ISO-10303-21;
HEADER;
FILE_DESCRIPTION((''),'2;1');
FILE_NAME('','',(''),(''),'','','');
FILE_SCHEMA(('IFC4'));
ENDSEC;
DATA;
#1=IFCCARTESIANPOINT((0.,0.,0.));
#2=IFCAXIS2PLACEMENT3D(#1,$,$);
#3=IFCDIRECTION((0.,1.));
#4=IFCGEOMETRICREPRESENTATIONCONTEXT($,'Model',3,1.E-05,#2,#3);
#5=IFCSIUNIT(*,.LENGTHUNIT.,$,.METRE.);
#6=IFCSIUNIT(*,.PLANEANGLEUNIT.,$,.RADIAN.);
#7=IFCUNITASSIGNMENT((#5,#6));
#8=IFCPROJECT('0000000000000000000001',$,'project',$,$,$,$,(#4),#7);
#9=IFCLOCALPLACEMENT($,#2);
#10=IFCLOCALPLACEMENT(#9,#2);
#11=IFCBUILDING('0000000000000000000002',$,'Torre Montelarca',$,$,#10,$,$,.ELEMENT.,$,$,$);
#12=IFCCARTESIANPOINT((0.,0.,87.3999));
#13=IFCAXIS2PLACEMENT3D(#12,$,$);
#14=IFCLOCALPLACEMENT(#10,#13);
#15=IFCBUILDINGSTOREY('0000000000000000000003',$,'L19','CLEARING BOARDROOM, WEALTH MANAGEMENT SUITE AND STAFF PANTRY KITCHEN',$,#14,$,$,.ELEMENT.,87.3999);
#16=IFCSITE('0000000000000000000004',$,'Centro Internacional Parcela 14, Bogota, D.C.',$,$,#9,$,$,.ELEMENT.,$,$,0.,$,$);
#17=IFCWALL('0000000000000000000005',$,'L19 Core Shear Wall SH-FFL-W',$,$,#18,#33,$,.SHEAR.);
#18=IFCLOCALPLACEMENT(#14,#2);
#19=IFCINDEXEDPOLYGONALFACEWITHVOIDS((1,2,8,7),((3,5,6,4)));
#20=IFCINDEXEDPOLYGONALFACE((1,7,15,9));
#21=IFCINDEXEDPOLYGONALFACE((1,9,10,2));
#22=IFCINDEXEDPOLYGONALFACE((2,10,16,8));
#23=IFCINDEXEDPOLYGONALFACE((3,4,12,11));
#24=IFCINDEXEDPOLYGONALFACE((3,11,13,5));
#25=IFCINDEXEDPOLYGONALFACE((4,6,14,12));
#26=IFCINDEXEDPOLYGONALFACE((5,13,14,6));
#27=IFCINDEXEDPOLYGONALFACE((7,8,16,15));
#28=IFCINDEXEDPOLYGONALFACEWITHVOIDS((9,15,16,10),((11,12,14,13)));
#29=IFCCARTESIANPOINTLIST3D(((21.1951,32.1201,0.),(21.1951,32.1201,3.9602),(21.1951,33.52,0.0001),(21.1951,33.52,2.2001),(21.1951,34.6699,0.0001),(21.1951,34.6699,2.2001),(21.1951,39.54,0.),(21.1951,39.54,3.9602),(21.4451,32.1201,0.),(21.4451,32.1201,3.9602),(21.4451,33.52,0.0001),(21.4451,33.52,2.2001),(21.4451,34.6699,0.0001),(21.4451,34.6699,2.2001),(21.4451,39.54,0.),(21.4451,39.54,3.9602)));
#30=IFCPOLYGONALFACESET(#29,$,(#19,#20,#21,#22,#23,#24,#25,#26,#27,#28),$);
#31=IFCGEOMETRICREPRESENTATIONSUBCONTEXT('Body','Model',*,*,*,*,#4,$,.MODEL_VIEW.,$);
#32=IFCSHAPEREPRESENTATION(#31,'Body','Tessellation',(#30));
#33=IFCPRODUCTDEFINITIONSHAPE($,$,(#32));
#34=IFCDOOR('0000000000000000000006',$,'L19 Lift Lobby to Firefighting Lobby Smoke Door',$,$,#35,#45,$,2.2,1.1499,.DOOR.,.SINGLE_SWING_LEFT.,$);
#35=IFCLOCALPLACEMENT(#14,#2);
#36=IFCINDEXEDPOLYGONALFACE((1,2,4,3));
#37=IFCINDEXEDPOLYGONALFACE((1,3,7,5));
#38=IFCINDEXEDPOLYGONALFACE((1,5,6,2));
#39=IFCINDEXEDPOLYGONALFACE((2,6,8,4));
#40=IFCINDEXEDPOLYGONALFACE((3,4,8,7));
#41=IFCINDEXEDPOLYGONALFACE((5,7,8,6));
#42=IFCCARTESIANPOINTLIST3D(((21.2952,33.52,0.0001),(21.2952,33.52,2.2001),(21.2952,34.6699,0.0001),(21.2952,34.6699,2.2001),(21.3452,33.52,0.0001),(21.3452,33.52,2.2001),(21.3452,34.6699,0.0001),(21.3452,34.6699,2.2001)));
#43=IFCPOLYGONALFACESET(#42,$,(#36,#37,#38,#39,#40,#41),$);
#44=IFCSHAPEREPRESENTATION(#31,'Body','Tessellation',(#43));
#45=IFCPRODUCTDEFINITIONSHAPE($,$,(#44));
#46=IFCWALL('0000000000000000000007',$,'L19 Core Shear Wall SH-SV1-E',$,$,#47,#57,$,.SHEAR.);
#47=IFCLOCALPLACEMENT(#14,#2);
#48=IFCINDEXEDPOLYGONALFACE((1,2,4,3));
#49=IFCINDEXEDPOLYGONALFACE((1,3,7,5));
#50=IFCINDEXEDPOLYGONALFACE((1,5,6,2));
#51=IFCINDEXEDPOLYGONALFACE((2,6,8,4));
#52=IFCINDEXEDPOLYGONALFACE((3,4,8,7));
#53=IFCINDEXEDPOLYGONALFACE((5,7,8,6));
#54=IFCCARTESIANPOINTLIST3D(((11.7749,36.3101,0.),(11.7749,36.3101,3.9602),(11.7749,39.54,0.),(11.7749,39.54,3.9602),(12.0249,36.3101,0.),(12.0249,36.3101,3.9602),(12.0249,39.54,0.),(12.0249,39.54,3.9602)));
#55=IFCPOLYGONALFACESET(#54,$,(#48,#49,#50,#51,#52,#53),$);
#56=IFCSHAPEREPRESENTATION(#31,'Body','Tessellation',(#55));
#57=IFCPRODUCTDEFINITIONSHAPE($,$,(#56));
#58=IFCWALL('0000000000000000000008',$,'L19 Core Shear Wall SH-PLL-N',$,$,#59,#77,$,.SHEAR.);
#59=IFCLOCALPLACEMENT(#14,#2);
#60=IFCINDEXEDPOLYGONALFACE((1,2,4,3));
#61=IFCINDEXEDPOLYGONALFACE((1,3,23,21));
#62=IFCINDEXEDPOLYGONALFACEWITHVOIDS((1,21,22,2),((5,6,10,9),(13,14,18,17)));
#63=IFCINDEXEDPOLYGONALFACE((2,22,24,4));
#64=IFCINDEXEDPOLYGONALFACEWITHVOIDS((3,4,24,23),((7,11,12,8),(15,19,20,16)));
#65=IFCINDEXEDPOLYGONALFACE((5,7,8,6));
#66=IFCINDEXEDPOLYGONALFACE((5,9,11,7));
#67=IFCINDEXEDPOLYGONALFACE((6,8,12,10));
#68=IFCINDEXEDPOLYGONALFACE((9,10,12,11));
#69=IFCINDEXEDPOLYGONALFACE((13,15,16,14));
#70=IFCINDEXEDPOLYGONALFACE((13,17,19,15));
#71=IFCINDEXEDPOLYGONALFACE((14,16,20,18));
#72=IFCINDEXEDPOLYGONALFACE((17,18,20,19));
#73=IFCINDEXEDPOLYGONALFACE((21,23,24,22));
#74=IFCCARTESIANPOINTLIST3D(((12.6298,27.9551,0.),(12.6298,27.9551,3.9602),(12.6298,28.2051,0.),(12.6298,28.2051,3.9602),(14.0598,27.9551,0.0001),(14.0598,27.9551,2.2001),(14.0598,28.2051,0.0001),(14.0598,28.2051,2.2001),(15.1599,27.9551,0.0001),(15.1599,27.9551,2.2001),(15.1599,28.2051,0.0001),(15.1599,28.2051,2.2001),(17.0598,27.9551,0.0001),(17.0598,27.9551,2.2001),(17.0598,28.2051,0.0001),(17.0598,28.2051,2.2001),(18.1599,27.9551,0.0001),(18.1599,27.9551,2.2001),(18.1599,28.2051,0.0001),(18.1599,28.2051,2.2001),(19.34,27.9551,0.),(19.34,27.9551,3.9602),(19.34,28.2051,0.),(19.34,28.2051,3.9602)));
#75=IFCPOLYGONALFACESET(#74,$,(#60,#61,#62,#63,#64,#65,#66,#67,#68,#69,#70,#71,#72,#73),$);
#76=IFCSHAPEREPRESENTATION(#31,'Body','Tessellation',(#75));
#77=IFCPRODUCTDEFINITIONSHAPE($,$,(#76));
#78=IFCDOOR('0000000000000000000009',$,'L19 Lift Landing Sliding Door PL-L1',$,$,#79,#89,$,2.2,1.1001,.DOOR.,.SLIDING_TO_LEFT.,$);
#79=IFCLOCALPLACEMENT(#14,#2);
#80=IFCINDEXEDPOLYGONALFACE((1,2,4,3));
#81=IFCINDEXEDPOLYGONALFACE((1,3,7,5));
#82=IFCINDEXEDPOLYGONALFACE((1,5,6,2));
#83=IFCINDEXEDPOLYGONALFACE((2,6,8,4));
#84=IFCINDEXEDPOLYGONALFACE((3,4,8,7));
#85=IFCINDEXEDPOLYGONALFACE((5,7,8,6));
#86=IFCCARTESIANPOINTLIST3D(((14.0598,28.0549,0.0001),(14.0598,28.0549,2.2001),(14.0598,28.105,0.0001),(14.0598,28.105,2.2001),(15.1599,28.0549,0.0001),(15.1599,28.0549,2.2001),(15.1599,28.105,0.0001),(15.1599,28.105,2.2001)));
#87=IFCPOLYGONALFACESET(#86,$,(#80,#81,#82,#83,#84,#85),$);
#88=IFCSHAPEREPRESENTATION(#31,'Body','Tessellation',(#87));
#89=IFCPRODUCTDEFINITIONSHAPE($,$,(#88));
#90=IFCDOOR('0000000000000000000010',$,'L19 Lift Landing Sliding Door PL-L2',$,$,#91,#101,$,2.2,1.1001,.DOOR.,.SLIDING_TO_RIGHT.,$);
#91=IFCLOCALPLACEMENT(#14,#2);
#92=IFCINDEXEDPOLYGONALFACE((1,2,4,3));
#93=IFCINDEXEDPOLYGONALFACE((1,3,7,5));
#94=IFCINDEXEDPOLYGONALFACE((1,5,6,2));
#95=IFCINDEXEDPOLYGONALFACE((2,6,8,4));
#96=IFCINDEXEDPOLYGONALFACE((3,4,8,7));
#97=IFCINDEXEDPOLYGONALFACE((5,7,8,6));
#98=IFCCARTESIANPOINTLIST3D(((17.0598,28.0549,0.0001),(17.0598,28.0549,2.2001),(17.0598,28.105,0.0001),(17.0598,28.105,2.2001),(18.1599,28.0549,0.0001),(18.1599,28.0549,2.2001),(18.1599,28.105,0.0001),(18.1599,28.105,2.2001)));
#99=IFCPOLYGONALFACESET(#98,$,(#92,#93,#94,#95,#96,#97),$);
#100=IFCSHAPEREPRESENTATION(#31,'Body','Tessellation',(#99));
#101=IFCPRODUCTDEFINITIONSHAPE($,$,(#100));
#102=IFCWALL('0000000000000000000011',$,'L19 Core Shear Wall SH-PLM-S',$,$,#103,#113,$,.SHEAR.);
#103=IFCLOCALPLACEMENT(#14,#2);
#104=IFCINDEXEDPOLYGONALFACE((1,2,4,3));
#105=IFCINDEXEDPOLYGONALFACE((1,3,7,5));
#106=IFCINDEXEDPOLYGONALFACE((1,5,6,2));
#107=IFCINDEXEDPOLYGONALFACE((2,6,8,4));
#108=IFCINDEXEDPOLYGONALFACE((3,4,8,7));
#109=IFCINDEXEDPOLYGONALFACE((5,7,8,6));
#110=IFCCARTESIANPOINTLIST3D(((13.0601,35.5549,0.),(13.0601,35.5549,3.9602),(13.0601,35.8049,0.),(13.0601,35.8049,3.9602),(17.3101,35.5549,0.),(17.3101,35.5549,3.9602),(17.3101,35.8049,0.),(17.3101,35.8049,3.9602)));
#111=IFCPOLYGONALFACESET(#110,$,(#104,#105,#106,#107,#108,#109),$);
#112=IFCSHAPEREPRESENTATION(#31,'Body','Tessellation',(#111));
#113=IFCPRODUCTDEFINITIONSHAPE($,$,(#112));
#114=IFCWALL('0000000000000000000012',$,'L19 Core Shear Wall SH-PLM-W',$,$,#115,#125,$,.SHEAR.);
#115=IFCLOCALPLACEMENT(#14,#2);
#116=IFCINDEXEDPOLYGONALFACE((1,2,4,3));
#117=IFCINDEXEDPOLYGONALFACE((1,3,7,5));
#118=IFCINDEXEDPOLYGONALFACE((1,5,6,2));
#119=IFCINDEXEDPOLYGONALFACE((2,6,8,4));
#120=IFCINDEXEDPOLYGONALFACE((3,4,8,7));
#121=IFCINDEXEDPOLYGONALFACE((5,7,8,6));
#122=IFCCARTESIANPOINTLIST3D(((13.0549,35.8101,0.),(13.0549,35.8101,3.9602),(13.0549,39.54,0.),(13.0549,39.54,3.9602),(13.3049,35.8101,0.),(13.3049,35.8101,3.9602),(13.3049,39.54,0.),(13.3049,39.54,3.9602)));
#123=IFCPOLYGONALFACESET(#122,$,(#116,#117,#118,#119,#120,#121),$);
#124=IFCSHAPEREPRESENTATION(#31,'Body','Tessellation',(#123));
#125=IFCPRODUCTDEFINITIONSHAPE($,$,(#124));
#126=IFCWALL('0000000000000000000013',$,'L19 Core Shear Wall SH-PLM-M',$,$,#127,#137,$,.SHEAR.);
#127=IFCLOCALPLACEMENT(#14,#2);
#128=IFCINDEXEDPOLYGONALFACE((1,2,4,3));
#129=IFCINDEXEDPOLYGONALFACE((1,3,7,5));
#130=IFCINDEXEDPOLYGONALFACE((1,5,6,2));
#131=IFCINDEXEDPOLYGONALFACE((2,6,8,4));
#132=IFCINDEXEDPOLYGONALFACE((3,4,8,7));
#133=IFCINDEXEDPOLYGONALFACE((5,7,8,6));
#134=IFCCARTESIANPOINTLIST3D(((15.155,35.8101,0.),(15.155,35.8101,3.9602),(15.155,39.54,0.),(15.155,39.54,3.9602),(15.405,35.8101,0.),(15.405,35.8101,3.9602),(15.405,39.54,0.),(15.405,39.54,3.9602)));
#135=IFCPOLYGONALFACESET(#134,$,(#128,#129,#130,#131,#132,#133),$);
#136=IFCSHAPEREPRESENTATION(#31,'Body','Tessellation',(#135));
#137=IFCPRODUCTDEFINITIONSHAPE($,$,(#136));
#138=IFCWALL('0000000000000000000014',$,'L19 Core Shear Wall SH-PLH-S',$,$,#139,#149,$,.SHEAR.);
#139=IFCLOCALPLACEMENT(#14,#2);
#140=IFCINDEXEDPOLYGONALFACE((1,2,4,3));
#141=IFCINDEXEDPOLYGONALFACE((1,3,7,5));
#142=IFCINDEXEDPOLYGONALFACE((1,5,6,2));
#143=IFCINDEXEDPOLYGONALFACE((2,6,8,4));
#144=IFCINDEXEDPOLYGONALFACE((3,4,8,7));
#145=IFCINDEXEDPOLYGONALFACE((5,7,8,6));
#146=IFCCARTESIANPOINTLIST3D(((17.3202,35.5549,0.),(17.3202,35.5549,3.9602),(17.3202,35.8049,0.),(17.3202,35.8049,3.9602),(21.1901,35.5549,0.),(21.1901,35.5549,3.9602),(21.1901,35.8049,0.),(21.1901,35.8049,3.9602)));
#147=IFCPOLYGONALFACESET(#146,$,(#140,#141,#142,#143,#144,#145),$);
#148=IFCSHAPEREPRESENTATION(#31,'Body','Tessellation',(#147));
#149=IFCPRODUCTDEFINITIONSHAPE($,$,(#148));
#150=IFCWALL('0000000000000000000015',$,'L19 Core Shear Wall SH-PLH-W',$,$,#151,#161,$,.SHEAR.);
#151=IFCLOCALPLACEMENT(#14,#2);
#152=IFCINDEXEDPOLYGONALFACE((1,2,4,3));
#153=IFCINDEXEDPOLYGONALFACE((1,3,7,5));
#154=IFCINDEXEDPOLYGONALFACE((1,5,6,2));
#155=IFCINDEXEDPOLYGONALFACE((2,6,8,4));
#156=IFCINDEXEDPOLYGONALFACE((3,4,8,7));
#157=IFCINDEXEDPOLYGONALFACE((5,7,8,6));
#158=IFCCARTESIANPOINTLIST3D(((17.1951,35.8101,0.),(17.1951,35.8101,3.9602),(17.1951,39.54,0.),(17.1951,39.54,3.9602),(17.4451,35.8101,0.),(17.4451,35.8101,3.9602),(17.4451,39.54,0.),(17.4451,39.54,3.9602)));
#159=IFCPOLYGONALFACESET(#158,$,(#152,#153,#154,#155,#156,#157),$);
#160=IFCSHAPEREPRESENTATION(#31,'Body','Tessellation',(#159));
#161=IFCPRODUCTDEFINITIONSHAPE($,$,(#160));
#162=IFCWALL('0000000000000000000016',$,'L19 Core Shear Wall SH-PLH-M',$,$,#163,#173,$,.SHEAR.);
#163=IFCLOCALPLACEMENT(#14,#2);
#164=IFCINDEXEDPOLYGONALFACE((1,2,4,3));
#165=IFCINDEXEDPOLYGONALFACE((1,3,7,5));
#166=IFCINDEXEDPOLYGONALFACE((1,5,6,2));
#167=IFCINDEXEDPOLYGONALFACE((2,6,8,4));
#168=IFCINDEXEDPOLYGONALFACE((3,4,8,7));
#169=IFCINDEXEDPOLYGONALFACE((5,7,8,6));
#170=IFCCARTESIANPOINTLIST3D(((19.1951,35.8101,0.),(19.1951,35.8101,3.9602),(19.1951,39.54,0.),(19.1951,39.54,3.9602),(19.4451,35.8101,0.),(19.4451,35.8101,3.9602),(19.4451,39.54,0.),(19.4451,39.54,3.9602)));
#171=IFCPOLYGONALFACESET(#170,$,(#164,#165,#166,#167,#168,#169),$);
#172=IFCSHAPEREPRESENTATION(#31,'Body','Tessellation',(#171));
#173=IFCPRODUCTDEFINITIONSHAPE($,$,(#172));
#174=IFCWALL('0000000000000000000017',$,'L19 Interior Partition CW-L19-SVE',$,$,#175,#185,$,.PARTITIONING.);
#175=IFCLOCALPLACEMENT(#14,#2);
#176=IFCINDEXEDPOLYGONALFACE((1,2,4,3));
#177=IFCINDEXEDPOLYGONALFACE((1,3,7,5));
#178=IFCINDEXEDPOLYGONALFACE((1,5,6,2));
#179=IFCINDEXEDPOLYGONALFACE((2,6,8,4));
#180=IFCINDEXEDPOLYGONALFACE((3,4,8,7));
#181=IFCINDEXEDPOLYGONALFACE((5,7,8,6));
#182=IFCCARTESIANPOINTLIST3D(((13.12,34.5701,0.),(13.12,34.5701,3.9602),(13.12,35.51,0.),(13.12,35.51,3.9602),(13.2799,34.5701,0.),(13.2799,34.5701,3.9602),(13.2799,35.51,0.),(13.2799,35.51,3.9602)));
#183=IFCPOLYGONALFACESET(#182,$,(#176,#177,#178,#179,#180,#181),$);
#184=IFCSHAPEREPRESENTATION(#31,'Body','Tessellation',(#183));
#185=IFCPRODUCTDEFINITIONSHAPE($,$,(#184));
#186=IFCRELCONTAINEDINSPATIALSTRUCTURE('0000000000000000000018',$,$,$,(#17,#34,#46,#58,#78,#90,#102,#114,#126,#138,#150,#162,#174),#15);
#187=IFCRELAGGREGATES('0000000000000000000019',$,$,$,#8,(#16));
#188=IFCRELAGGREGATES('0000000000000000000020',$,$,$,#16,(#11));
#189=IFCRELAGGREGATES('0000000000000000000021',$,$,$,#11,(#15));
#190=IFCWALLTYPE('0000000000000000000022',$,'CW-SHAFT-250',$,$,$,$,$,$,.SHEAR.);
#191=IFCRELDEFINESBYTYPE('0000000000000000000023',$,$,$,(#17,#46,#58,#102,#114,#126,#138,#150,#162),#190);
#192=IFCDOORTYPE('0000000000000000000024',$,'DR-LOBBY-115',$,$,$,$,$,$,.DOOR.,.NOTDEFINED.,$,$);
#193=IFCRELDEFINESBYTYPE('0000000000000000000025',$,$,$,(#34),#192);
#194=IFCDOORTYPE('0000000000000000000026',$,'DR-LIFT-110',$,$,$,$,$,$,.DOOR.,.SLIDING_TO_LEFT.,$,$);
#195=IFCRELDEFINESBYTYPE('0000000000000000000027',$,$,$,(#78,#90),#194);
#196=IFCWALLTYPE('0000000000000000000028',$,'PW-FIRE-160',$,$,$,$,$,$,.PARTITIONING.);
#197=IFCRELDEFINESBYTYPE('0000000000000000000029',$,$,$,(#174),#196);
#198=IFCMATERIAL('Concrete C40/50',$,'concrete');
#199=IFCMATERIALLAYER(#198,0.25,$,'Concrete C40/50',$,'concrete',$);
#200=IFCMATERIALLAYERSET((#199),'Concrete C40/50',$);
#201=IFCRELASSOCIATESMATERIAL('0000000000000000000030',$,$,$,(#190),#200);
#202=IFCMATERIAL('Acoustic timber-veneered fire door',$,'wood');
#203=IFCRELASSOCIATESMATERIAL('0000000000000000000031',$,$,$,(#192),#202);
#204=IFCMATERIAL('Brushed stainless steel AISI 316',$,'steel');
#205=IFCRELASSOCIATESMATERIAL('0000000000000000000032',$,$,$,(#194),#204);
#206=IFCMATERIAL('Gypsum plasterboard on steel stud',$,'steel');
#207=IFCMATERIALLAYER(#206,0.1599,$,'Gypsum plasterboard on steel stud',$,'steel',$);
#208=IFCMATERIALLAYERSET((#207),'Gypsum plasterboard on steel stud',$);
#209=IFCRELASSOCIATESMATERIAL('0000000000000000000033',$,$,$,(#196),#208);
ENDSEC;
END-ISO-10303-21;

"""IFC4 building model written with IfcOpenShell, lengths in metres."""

from ifc_helpers import new_model, si_unit, direction, frame, frame_2d, origin, place, context, subcontext, project, spatial, rectangle, extrude, source, transform, mapped, material, layer, layer_set, type_object, element, fill, save


model = new_model("IFC4")

# Units and contexts
model_context = context("Model", 3, precision=1e-05, world=origin(), true_north=direction((0.0, 1.0)))
body_context = subcontext(model_context, "Body", "Model", "MODEL_VIEW")
ifc_project = project(units=[si_unit("LENGTHUNIT", "METRE"), si_unit("PLANEANGLEUNIT", "RADIAN")], contexts=[model_context])

# Site, building, storey
site_placement = place(None, origin())
site = spatial("IfcSite", under=ifc_project, at=site_placement, Name="Centro Internacional Parcela 14, Bogota, D.C.", CompositionType="ELEMENT", RefElevation=0.0)
building_placement = place(site_placement, origin())
building = spatial("IfcBuilding", under=site, at=building_placement, Name="Torre Montelarca", CompositionType="ELEMENT")
storey_placement = place(building_placement, frame((0.0, 0.0, 87.3999)))
storey = spatial("IfcBuildingStorey", under=building, at=storey_placement, Name="L19", Description="CLEARING BOARDROOM, WEALTH MANAGEMENT SUITE AND STAFF PANTRY KITCHEN", CompositionType="ELEMENT", Elevation=87.3999)

# Wall, opening, door
ifc_material_1 = material(Name="Concrete C40/50", Category="concrete")
ifc_layer_1 = layer(ifc_material_1, 0.25, Name="Concrete C40/50", Category="concrete")
ifc_layer_set_1 = layer_set([ifc_layer_1], Name="Concrete C40/50")
wall_type_1 = type_object("IfcWallType", Name="CW-SHAFT-250", PredefinedType="SHEAR", material=ifc_layer_set_1)
wall_1_placement = place(storey_placement, frame((21.3201, 32.1201, 0.0), z_axis=(0.0, 0.0, 1.0), x_axis=(0.0, 1.0, 0.0)))
wall_1 = element("IfcWall", 1, at=wall_1_placement, inside=storey, type_object=wall_type_1, Name="L19 Core Shear Wall SH-FFL-W", PredefinedType="SHEAR", context=body_context, shape_type="SweptSolid", body=[
    extrude(rectangle(XDim=7.4199, YDim=0.25, at=frame_2d((3.71, 0.0))), origin(), (0.0, 0.0, 1.0), 3.9602),
])
opening_1_placement = place(wall_1_placement, frame((1.3999, 0.0, 0.0)))
opening_1 = element("IfcOpeningElement", 2, at=opening_1_placement, cuts=wall_1, PredefinedType="OPENING", context=body_context, shape_type="SweptSolid", body=[
    extrude(rectangle(XDim=1.1499, YDim=2.2, at=frame_2d((0.575, 1.1001))), frame((0.0, 0.135, 0.0), z_axis=(0.0, -1.0, 0.0), x_axis=(1.0, 0.0, 0.0)), (0.0, 0.0, 1.0), 0.27),
])
ifc_material_2 = material(Name="Acoustic timber-veneered fire door", Category="wood")
door_type_1 = type_object("IfcDoorType", Name="DR-LOBBY-115", OperationType="NOTDEFINED", PredefinedType="DOOR", material=ifc_material_2)
shared_shape_1 = source(origin(), body_context, "Body", "SweptSolid", [
    extrude(rectangle(XDim=1.1499, YDim=2.2, at=frame_2d((0.575, 1.1001))), frame((0.0, 0.0249, 0.0), z_axis=(0.0, -1.0, 0.0), x_axis=(1.0, 0.0, 0.0)), (0.0, 0.0, 1.0), 0.05),
])
door_1_placement = place(opening_1_placement, origin())
door_1 = element("IfcDoor", 3, at=door_1_placement, inside=storey, type_object=door_type_1, Name="L19 Lift Lobby to Firefighting Lobby Smoke Door", OperationType="SINGLE_SWING_LEFT", OverallHeight=2.2, OverallWidth=1.1499, PredefinedType="DOOR", context=body_context, shape_type="MappedRepresentation", body=[
    mapped(shared_shape_1, transform((0.0, 0.0, 0.0), scale=1.0)),
])
fill(opening_1, door_1)

# Wall
wall_2_placement = place(storey_placement, frame((11.8999, 36.3101, 0.0), z_axis=(0.0, 0.0, 1.0), x_axis=(0.0, 1.0, 0.0)))
element("IfcWall", 4, at=wall_2_placement, inside=storey, type_object=wall_type_1, Name="L19 Core Shear Wall SH-SV1-E", PredefinedType="SHEAR", context=body_context, shape_type="SweptSolid", body=[
    extrude(rectangle(XDim=3.23, YDim=0.25, at=frame_2d((1.615, 0.0))), origin(), (0.0, 0.0, 1.0), 3.9602),
])

# Wall, openings, doors
wall_3_placement = place(storey_placement, frame((12.6299, 28.0801, 0.0), z_axis=(0.0, 0.0, 1.0), x_axis=(1.0, 0.0, 0.0)))
wall_3 = element("IfcWall", 5, at=wall_3_placement, inside=storey, type_object=wall_type_1, Name="L19 Core Shear Wall SH-PLL-N", PredefinedType="SHEAR", context=body_context, shape_type="SweptSolid", body=[
    extrude(rectangle(XDim=6.7102, YDim=0.25, at=frame_2d((3.355, 0.0))), origin(), (0.0, 0.0, 1.0), 3.9602),
])
opening_2_placement = place(wall_3_placement, frame((1.4299, 0.0, 0.0)))
opening_2 = element("IfcOpeningElement", 6, at=opening_2_placement, cuts=wall_3, PredefinedType="OPENING", context=body_context, shape_type="SweptSolid", body=[
    extrude(rectangle(XDim=1.1001, YDim=2.2, at=frame_2d((0.55, 1.1001))), frame((0.0, 0.135, 0.0), z_axis=(0.0, -1.0, 0.0), x_axis=(1.0, 0.0, 0.0)), (0.0, 0.0, 1.0), 0.27),
])
opening_3_placement = place(wall_3_placement, frame((4.4299, 0.0, 0.0)))
opening_3 = element("IfcOpeningElement", 7, at=opening_3_placement, cuts=wall_3, PredefinedType="OPENING", context=body_context, shape_type="SweptSolid", body=[
    extrude(rectangle(XDim=1.1001, YDim=2.2, at=frame_2d((0.55, 1.1001))), frame((0.0, 0.135, 0.0), z_axis=(0.0, -1.0, 0.0), x_axis=(1.0, 0.0, 0.0)), (0.0, 0.0, 1.0), 0.27),
])
ifc_material_3 = material(Name="Brushed stainless steel AISI 316", Category="steel")
door_type_2 = type_object("IfcDoorType", Name="DR-LIFT-110", OperationType="SLIDING_TO_LEFT", PredefinedType="DOOR", material=ifc_material_3)
shared_shape_2 = source(origin(), body_context, "Body", "SweptSolid", [
    extrude(rectangle(XDim=1.1001, YDim=2.2, at=frame_2d((0.55, 1.1001))), frame((0.0, 0.0249, 0.0), z_axis=(0.0, -1.0, 0.0), x_axis=(1.0, 0.0, 0.0)), (0.0, 0.0, 1.0), 0.05),
])
door_2_placement = place(opening_2_placement, origin())
door_2 = element("IfcDoor", 8, at=door_2_placement, inside=storey, type_object=door_type_2, Name="L19 Lift Landing Sliding Door PL-L1", OperationType="SLIDING_TO_LEFT", OverallHeight=2.2, OverallWidth=1.1001, PredefinedType="DOOR", context=body_context, shape_type="MappedRepresentation", body=[
    mapped(shared_shape_2, transform((0.0, 0.0, 0.0), scale=1.0)),
])
fill(opening_2, door_2)
door_3_placement = place(opening_3_placement, origin())
door_3 = element("IfcDoor", 9, at=door_3_placement, inside=storey, type_object=door_type_2, Name="L19 Lift Landing Sliding Door PL-L2", OperationType="SLIDING_TO_RIGHT", OverallHeight=2.2, OverallWidth=1.1001, PredefinedType="DOOR", context=body_context, shape_type="MappedRepresentation", body=[
    mapped(shared_shape_2, transform((0.0, 0.0, 0.0), scale=1.0)),
])
fill(opening_3, door_3)

# Walls
wall_4_placement = place(storey_placement, frame((13.0601, 35.6799, 0.0), z_axis=(0.0, 0.0, 1.0), x_axis=(1.0, 0.0, 0.0)))
element("IfcWall", 10, at=wall_4_placement, inside=storey, type_object=wall_type_1, Name="L19 Core Shear Wall SH-PLM-S", PredefinedType="SHEAR", context=body_context, shape_type="SweptSolid", body=[
    extrude(rectangle(XDim=4.25, YDim=0.25, at=frame_2d((2.125, 0.0))), origin(), (0.0, 0.0, 1.0), 3.9602),
])
for number, where, z_axis, x_axis, name in (
    (11, (13.1799, 35.8101, 0.0), (0.0, 0.0, 1.0), (0.0, 1.0, 0.0), "L19 Core Shear Wall SH-PLM-W"),
    (12, (15.28, 35.8101, 0.0), (0.0, 0.0, 1.0), (0.0, 1.0, 0.0), "L19 Core Shear Wall SH-PLM-M"),
):
    element("IfcWall", number, at=place(storey_placement, frame(where, z_axis=z_axis, x_axis=x_axis)), inside=storey, type_object=wall_type_1, Name=name, PredefinedType="SHEAR", context=body_context, shape_type="SweptSolid", body=[
        extrude(rectangle(XDim=3.73, YDim=0.25, at=frame_2d((1.865, 0.0))), origin(), (0.0, 0.0, 1.0), 3.9602),
    ])
wall_5_placement = place(storey_placement, frame((17.3201, 35.6799, 0.0), z_axis=(0.0, 0.0, 1.0), x_axis=(1.0, 0.0, 0.0)))
element("IfcWall", 13, at=wall_5_placement, inside=storey, type_object=wall_type_1, Name="L19 Core Shear Wall SH-PLH-S", PredefinedType="SHEAR", context=body_context, shape_type="SweptSolid", body=[
    extrude(rectangle(XDim=3.8699, YDim=0.25, at=frame_2d((1.9351, 0.0))), origin(), (0.0, 0.0, 1.0), 3.9602),
])
for number, where, z_axis, x_axis, name in (
    (14, (17.3201, 35.8101, 0.0), (0.0, 0.0, 1.0), (0.0, 1.0, 0.0), "L19 Core Shear Wall SH-PLH-W"),
    (15, (19.3201, 35.8101, 0.0), (0.0, 0.0, 1.0), (0.0, 1.0, 0.0), "L19 Core Shear Wall SH-PLH-M"),
):
    element("IfcWall", number, at=place(storey_placement, frame(where, z_axis=z_axis, x_axis=x_axis)), inside=storey, type_object=wall_type_1, Name=name, PredefinedType="SHEAR", context=body_context, shape_type="SweptSolid", body=[
        extrude(rectangle(XDim=3.73, YDim=0.25, at=frame_2d((1.865, 0.0))), origin(), (0.0, 0.0, 1.0), 3.9602),
    ])
ifc_material_4 = material(Name="Gypsum plasterboard on steel stud", Category="steel")
ifc_layer_2 = layer(ifc_material_4, 0.1599, Name="Gypsum plasterboard on steel stud", Category="steel")
ifc_layer_set_2 = layer_set([ifc_layer_2], Name="Gypsum plasterboard on steel stud")
wall_type_2 = type_object("IfcWallType", Name="PW-FIRE-160", PredefinedType="PARTITIONING", material=ifc_layer_set_2)
wall_6_placement = place(storey_placement, frame((13.2, 34.5701, 0.0), z_axis=(0.0, 0.0, 1.0), x_axis=(0.0, 1.0, 0.0)))
element("IfcWall", 16, at=wall_6_placement, inside=storey, type_object=wall_type_2, Name="L19 Interior Partition CW-L19-SVE", PredefinedType="PARTITIONING", context=body_context, shape_type="SweptSolid", body=[
    extrude(rectangle(XDim=0.9399, YDim=0.1599, at=frame_2d((0.47, 0.0))), origin(), (0.0, 0.0, 1.0), 3.9602),
])

save(model, "model.ifc")
